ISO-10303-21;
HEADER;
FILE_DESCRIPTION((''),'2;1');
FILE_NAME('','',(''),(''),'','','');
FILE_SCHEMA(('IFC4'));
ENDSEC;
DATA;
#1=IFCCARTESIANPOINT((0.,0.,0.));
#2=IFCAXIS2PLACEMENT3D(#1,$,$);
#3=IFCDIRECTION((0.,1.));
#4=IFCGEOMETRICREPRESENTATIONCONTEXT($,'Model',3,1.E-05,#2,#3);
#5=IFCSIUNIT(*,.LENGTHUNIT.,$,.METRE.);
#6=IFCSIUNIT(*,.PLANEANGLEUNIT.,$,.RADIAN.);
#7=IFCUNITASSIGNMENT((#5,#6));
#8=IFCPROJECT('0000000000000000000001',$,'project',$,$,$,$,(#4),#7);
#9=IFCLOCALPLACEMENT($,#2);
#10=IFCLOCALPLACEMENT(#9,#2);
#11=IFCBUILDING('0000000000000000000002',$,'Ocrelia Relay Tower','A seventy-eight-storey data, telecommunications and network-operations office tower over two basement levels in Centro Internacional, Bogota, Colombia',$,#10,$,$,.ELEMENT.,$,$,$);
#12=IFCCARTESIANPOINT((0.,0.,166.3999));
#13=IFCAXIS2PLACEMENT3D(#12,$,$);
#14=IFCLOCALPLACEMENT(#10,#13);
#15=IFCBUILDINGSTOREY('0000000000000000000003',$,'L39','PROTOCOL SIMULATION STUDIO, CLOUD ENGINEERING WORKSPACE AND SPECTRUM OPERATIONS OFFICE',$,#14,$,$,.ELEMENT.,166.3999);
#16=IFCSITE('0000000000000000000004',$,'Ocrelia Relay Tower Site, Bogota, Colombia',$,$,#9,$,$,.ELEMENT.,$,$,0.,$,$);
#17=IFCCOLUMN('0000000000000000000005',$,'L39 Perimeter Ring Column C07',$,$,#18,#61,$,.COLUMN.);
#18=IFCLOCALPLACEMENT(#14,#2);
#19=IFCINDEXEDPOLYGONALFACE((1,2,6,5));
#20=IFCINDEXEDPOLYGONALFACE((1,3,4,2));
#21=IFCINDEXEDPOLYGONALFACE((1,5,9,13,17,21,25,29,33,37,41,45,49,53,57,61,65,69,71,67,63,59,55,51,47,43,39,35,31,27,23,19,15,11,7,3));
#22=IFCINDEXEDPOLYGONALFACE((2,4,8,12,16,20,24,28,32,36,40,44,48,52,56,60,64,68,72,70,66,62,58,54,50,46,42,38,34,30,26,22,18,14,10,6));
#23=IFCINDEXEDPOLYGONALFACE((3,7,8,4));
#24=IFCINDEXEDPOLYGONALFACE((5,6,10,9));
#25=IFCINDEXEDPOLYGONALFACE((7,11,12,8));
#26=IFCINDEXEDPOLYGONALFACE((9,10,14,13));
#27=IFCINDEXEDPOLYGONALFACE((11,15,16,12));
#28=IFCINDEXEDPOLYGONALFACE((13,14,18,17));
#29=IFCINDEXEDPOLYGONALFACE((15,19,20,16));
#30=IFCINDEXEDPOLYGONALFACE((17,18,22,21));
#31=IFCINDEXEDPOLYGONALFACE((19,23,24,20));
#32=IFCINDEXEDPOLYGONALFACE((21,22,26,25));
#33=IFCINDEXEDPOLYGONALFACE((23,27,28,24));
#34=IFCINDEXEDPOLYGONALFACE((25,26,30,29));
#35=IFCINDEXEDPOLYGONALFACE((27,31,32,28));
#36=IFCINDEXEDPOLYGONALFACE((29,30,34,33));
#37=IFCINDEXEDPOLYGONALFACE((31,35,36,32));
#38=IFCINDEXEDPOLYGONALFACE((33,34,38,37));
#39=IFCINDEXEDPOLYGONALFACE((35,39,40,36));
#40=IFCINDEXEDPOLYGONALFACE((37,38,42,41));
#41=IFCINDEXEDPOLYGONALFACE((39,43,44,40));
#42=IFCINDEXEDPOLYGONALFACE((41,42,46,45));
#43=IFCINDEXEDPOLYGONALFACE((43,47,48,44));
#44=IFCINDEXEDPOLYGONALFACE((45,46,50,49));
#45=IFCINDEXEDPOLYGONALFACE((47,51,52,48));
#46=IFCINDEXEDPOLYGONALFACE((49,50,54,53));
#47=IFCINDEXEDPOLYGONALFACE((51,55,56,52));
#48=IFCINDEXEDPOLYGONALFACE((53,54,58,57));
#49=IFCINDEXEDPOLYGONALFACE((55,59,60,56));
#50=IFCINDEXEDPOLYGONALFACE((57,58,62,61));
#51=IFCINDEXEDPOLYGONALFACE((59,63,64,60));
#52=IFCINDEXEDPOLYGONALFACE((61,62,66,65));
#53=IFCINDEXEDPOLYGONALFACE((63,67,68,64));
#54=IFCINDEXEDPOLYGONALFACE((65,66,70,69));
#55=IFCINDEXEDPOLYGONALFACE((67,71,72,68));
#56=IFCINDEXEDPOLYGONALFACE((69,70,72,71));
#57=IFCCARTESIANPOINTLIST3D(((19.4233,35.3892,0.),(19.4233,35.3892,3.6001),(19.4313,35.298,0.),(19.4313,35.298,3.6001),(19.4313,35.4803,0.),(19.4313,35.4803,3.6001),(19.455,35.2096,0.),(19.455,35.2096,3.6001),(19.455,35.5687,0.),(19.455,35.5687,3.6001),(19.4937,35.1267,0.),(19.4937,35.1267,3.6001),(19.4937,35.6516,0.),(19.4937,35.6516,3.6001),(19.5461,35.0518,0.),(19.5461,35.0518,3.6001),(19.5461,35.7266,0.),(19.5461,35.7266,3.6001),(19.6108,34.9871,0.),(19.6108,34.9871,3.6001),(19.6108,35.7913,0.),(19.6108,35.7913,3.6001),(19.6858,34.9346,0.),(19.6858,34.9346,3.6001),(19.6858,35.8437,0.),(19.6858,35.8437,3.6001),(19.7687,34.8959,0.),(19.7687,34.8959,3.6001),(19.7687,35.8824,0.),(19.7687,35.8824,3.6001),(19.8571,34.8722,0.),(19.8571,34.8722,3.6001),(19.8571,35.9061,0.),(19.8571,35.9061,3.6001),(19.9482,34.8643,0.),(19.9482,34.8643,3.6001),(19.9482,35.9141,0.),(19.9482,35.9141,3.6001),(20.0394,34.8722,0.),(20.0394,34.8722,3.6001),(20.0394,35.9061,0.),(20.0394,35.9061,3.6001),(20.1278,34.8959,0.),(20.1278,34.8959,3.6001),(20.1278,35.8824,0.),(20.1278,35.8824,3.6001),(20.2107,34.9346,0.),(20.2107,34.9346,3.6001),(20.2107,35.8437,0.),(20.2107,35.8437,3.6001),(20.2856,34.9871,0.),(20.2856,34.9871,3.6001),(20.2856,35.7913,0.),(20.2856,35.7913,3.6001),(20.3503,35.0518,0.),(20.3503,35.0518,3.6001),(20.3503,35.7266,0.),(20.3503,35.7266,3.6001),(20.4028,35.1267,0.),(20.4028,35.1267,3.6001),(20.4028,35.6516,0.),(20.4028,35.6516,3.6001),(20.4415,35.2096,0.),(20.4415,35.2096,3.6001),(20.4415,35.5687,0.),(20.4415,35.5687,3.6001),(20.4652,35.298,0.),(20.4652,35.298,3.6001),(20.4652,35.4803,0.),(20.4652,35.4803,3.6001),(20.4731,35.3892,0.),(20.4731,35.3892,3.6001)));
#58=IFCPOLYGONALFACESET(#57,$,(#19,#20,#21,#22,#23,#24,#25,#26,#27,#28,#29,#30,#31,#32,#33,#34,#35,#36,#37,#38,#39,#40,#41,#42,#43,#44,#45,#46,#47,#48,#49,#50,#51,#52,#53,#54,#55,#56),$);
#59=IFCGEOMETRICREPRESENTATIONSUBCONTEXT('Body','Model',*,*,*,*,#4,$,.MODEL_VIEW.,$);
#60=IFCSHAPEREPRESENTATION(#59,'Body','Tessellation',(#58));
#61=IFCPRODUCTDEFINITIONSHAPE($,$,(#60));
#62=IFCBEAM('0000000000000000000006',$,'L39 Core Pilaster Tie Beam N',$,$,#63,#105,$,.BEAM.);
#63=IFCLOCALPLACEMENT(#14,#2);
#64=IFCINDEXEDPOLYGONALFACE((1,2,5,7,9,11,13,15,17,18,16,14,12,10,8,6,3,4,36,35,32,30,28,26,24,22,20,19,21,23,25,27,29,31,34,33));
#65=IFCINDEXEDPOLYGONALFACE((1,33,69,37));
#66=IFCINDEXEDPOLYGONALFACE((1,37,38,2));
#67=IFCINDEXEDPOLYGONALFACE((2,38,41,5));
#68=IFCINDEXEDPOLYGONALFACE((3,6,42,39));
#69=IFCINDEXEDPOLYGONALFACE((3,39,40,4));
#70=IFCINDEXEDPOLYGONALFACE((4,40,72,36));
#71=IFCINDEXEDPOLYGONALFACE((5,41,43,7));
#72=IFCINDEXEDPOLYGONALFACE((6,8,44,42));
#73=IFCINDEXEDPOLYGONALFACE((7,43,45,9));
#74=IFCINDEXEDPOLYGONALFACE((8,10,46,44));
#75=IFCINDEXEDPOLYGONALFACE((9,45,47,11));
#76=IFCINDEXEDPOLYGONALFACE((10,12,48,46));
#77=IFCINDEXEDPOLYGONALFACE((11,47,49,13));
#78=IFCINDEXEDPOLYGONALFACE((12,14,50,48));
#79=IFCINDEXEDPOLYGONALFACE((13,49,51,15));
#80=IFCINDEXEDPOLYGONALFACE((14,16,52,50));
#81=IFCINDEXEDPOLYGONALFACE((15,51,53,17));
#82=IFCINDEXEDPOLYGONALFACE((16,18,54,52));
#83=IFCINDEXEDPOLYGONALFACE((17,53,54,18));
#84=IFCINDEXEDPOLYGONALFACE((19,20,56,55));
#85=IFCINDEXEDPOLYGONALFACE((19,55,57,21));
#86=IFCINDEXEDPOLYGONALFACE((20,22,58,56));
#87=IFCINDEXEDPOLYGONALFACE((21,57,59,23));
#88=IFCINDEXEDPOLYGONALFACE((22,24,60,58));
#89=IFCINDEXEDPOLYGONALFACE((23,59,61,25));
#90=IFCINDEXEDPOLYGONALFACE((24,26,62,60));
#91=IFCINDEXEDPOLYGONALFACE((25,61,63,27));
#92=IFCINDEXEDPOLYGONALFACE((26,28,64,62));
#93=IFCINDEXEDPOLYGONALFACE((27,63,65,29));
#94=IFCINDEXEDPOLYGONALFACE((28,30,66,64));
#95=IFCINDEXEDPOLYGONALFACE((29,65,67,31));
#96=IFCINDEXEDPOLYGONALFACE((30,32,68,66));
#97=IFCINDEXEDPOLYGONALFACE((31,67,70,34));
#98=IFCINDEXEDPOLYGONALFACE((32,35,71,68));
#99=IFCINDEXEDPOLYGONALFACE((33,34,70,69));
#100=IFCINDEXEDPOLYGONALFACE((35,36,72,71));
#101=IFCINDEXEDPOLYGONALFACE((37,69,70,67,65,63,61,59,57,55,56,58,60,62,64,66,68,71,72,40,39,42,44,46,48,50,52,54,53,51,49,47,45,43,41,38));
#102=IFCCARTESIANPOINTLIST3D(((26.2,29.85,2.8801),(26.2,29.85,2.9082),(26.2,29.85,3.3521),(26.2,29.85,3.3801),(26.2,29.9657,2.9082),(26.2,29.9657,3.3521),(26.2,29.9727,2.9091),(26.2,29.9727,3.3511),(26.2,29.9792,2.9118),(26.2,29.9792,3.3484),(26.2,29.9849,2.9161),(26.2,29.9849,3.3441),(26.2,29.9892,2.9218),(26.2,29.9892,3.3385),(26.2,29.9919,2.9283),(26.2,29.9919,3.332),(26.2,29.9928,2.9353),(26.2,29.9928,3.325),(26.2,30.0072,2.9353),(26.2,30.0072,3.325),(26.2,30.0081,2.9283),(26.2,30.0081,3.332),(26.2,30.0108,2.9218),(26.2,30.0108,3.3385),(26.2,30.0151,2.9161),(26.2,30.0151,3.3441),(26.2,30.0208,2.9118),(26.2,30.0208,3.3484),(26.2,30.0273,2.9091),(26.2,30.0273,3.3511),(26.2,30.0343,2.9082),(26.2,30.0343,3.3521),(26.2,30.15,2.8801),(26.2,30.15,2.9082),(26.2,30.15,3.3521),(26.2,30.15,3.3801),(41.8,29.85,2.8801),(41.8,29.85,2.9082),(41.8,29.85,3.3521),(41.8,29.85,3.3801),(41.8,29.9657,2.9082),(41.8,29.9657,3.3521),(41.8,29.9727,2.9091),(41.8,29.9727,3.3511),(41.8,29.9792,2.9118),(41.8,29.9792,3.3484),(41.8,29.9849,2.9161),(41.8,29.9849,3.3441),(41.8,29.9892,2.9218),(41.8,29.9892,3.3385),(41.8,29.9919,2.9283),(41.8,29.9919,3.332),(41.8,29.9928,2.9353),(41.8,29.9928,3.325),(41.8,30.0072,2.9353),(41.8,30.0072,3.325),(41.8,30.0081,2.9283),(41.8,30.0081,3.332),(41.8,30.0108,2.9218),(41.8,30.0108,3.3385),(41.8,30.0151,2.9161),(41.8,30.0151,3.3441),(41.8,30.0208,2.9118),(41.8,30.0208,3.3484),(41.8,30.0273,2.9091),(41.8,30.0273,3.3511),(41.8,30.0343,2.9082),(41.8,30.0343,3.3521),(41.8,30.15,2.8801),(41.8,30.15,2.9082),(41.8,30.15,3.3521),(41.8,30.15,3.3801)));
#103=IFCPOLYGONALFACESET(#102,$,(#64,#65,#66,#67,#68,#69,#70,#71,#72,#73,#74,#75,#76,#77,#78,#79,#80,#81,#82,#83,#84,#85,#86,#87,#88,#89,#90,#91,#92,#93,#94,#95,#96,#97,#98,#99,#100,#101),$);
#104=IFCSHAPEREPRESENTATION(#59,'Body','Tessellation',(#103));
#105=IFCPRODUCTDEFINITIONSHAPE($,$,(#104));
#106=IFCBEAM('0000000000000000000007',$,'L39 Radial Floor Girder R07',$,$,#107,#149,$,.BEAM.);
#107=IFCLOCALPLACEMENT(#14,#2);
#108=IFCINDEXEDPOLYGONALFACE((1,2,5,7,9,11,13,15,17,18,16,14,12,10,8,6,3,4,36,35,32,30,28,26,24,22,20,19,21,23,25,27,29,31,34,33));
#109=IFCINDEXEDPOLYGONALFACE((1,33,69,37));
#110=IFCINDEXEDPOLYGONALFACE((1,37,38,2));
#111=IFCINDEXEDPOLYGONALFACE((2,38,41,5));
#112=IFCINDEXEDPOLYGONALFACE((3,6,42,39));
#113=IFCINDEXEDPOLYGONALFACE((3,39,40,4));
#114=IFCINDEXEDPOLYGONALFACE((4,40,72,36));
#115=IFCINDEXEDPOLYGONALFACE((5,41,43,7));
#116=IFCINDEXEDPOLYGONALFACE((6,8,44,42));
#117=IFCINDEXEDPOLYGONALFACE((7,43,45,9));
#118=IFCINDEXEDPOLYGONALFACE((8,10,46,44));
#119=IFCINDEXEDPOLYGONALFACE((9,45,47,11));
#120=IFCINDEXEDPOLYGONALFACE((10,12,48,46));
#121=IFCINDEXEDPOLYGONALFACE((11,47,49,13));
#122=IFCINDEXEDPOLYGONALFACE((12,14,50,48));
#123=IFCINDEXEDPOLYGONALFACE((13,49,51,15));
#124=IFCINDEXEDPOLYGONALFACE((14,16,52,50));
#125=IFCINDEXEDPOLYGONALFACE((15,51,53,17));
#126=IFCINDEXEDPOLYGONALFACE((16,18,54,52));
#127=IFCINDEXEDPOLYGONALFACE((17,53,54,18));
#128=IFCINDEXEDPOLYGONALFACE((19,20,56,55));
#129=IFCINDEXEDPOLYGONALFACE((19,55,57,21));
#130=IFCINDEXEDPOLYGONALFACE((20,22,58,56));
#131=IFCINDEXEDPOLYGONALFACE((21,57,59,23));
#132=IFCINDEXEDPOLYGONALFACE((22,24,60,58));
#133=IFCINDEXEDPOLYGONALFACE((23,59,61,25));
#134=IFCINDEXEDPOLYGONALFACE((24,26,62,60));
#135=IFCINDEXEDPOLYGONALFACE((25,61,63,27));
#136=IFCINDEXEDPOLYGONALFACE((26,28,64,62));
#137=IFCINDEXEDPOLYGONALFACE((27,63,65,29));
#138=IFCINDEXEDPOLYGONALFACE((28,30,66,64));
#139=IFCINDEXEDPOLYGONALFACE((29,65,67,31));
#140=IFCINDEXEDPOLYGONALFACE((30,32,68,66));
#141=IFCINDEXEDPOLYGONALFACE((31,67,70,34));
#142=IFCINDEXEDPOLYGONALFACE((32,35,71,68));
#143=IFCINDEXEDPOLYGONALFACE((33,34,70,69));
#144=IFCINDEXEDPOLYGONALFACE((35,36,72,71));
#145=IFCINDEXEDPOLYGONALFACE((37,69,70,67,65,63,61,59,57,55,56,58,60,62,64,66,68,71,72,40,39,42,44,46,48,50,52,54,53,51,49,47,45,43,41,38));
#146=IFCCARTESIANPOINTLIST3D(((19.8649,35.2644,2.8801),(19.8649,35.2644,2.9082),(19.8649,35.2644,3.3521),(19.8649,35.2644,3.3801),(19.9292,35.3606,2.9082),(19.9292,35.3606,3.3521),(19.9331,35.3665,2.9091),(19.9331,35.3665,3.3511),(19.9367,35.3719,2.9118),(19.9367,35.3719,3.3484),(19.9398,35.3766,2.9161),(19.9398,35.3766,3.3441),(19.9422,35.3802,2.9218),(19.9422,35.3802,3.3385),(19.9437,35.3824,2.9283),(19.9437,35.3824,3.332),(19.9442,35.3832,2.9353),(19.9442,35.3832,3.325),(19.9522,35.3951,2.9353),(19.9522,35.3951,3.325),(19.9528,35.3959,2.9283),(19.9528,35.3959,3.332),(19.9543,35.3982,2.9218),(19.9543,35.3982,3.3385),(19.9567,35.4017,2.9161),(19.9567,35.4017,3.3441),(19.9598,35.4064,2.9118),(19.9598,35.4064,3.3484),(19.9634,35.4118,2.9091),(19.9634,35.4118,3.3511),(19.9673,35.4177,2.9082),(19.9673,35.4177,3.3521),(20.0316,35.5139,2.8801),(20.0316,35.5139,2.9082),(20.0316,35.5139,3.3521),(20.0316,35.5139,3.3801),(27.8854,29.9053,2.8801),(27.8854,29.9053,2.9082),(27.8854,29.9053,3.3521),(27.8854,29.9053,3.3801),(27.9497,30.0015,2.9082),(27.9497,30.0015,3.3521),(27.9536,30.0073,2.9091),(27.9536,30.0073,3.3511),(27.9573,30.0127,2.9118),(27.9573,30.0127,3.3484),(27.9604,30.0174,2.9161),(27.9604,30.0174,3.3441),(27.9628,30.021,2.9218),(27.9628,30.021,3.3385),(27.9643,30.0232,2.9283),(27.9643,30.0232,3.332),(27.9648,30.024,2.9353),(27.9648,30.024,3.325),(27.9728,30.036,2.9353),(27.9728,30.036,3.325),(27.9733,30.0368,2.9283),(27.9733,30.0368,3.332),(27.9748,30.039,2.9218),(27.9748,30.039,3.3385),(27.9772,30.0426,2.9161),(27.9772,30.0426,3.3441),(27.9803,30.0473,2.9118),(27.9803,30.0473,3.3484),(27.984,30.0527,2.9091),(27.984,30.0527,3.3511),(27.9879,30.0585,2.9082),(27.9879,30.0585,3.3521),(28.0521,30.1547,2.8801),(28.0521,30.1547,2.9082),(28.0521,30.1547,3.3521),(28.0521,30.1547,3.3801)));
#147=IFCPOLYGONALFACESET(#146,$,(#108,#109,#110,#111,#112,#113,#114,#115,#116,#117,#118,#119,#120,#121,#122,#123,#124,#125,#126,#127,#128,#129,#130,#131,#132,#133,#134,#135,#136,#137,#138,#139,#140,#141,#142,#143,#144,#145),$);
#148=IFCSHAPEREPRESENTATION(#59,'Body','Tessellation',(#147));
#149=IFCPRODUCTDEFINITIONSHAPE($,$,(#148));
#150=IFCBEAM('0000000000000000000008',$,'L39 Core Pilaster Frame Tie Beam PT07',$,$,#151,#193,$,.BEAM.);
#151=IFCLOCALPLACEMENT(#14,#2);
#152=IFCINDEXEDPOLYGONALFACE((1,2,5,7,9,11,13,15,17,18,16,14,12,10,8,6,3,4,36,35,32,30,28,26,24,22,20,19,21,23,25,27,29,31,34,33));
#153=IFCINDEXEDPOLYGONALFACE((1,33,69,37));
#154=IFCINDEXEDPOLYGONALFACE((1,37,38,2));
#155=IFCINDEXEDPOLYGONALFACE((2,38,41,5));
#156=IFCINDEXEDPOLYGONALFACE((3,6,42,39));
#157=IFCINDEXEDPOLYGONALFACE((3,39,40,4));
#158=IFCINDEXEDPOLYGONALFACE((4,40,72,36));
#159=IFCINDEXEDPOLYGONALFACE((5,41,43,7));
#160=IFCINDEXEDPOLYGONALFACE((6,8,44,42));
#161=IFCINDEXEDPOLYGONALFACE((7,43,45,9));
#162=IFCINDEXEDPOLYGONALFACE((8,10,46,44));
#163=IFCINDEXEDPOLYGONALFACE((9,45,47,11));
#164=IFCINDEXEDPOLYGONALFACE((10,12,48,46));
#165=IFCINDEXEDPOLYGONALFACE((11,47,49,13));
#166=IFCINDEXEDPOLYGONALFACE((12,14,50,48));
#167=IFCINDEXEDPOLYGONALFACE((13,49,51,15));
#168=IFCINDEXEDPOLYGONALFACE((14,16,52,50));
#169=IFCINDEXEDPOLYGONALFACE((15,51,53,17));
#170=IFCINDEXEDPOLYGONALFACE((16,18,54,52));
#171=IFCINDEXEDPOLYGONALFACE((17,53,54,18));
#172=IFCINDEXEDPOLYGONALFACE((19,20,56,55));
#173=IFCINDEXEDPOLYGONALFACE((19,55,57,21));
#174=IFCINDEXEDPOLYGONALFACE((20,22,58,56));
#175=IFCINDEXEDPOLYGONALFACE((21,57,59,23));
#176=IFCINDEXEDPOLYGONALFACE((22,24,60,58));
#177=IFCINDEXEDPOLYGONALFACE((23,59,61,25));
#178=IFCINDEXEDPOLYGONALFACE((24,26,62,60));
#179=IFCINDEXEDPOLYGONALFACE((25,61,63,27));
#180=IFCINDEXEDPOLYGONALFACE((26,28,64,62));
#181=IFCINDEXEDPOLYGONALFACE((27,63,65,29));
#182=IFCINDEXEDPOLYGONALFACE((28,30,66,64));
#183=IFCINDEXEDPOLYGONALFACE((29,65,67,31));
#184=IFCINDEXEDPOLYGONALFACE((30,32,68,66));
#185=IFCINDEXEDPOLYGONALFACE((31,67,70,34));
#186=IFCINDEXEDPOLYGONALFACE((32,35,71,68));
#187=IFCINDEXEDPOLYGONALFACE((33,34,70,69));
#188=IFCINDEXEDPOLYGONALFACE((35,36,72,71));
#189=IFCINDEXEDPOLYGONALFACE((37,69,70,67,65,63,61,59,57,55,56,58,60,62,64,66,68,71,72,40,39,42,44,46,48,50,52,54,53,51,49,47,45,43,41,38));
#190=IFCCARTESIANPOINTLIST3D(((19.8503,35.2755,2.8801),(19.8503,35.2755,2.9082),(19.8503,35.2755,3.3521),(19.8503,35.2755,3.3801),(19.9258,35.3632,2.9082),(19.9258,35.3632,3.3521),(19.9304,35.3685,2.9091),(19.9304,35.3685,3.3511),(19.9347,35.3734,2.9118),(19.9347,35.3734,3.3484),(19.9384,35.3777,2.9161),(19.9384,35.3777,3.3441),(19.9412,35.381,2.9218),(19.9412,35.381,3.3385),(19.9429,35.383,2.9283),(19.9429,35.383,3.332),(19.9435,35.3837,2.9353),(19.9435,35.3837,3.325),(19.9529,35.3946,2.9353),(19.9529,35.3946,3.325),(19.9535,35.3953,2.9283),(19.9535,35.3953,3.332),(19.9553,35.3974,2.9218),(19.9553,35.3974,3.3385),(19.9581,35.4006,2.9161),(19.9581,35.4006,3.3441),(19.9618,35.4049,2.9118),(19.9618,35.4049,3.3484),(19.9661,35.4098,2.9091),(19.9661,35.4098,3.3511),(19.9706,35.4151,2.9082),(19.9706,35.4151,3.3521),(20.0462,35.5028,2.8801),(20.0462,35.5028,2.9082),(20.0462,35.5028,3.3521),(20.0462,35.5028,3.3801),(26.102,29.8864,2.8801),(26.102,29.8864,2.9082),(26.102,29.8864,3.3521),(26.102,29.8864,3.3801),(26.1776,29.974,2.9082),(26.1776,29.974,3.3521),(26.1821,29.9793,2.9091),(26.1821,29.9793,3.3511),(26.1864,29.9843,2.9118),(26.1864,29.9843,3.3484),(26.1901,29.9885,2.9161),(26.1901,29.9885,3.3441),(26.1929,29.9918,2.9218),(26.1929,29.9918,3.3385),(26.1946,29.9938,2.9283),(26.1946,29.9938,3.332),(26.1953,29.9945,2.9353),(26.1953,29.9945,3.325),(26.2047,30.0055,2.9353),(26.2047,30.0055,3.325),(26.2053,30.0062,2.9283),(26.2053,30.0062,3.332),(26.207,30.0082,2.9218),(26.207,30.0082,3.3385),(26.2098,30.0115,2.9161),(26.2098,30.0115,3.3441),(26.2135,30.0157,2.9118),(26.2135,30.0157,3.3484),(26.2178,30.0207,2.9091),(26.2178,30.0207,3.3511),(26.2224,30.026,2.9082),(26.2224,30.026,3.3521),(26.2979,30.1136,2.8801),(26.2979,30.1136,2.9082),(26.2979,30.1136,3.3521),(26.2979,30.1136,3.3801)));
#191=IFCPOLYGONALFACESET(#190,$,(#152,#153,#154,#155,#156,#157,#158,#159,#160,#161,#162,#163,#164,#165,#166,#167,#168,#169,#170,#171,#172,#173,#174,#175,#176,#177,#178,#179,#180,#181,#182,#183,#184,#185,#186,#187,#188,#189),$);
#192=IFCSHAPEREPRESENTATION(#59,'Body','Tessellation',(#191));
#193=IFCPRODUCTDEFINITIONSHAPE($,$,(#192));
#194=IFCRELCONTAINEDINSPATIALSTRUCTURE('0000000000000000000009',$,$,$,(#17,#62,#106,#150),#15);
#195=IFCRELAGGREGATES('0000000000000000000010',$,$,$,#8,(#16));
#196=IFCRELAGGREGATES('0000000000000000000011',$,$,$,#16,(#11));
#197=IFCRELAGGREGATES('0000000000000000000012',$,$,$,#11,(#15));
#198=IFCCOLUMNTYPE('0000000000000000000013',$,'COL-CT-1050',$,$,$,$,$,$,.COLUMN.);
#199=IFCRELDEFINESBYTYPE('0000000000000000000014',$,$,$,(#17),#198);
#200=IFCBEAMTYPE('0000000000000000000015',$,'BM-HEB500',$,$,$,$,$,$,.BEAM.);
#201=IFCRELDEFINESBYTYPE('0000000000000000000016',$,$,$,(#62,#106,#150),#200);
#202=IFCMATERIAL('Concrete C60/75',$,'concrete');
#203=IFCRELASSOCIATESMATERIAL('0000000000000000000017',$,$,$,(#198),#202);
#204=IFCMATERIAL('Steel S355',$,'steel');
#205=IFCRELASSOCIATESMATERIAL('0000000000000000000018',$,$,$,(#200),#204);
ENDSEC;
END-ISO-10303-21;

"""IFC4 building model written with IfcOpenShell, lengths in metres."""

from ifc_helpers import new_model, si_unit, direction, frame, origin, origin_2d, place, context, subcontext, project, spatial, circle, i_section, extrude, material, material_profile, profile_set, type_object, element, save


model = new_model("IFC4")

# Units and contexts
model_context = context("Model", 3, precision=1e-05, world=origin(), true_north=direction((0.0, 1.0)))
body_context = subcontext(model_context, "Body", "Model", "MODEL_VIEW")
ifc_project = project(units=[si_unit("LENGTHUNIT", "METRE"), si_unit("PLANEANGLEUNIT", "RADIAN")], contexts=[model_context])

# Site, building, storey
site_placement = place(None, origin())
site = spatial("IfcSite", under=ifc_project, at=site_placement, Name="Ocrelia Relay Tower Site, Bogota, Colombia", CompositionType="ELEMENT", RefElevation=0.0)
building_placement = place(site_placement, origin())
building = spatial("IfcBuilding", under=site, at=building_placement, Name="Ocrelia Relay Tower", Description="A seventy-eight-storey data, telecommunications and network-operations office tower over two basement levels in Centro Internacional, Bogota, Colombia", CompositionType="ELEMENT")
storey_placement = place(building_placement, frame((0.0, 0.0, 166.3999)))
storey = spatial("IfcBuildingStorey", under=building, at=storey_placement, Name="L39", Description="PROTOCOL SIMULATION STUDIO, CLOUD ENGINEERING WORKSPACE AND SPECTRUM OPERATIONS OFFICE", CompositionType="ELEMENT", Elevation=166.3999)

# Column
ifc_material_1 = material(Name="Concrete C60/75", Category="concrete")
ifc_material_profile_1 = material_profile(ifc_material_1, circle(Radius=0.5249, at=origin_2d()), Name="RC-CIR-1050")
ifc_profile_set_1 = profile_set([ifc_material_profile_1], Name="Concrete C60/75")
column_type = type_object("IfcColumnType", Name="COL-CT-1050", PredefinedType="COLUMN", material=ifc_profile_set_1)
column_placement = place(storey_placement, frame((19.9482, 35.3892, 0.0), z_axis=(0.0, 0.0, 1.0), x_axis=(1.0, 0.0, 0.0)))
element("IfcColumn", 1, at=column_placement, inside=storey, type_object=column_type, Name="L39 Perimeter Ring Column C07", PredefinedType="COLUMN", context=body_context, shape_type="SweptSolid", body=[
    extrude(circle(Radius=0.5249, at=origin_2d()), origin(), (0.0, 0.0, 1.0), 3.6001),
])

# Beams
ifc_material_2 = material(Name="Steel S355", Category="steel")
ifc_material_profile_2 = material_profile(ifc_material_2, i_section(OverallWidth=0.3, OverallDepth=0.5, WebThickness=0.0144, FlangeThickness=0.0281, FilletRadius=0.0271, at=origin_2d()), Name="HEB 500")
ifc_profile_set_2 = profile_set([ifc_material_profile_2], Name="Steel S355")
beam_type_1 = type_object("IfcBeamType", Name="BM-HEB500", PredefinedType="BEAM", material=ifc_profile_set_2)
beam_1_placement = place(storey_placement, frame((26.2, 30.0, 3.1301), z_axis=(1.0, 0.0, 0.0), x_axis=(0.0, 1.0, 0.0)))
element("IfcBeam", 2, at=beam_1_placement, inside=storey, type_object=beam_type_1, Name="L39 Core Pilaster Tie Beam N", PredefinedType="BEAM", context=body_context, shape_type="SweptSolid", body=[
    extrude(i_section(OverallWidth=0.3, OverallDepth=0.5, WebThickness=0.0144, FlangeThickness=0.0281, FilletRadius=0.0271, at=origin_2d()), origin(), (0.0, 0.0, 1.0), 15.6001),
])
beam_2_placement = place(storey_placement, frame((19.9482, 35.3892, 3.1301), z_axis=(0.83147, -0.55557, 0.0), x_axis=(0.55557, 0.83147, 0.0)))
element("IfcBeam", 3, at=beam_2_placement, inside=storey, type_object=beam_type_1, Name="L39 Radial Floor Girder R07", PredefinedType="BEAM", context=body_context, shape_type="SweptSolid", body=[
    extrude(i_section(OverallWidth=0.3, OverallDepth=0.5, WebThickness=0.0144, FlangeThickness=0.0281, FilletRadius=0.0271, at=origin_2d()), origin(), (0.0, 0.0, 1.0), 9.6462),
])
beam_3_placement = place(storey_placement, frame((19.9482, 35.3892, 3.1301), z_axis=(0.757425, -0.652923, 0.0), x_axis=(0.652923, 0.757425, 0.0)))
element("IfcBeam", 4, at=beam_3_placement, inside=storey, type_object=beam_type_1, Name="L39 Core Pilaster Frame Tie Beam PT07", PredefinedType="BEAM", context=body_context, shape_type="SweptSolid", body=[
    extrude(i_section(OverallWidth=0.3, OverallDepth=0.5, WebThickness=0.0144, FlangeThickness=0.0281, FilletRadius=0.0271, at=origin_2d()), origin(), (0.0, 0.0, 1.0), 8.2539),
])

save(model, "model.ifc")
